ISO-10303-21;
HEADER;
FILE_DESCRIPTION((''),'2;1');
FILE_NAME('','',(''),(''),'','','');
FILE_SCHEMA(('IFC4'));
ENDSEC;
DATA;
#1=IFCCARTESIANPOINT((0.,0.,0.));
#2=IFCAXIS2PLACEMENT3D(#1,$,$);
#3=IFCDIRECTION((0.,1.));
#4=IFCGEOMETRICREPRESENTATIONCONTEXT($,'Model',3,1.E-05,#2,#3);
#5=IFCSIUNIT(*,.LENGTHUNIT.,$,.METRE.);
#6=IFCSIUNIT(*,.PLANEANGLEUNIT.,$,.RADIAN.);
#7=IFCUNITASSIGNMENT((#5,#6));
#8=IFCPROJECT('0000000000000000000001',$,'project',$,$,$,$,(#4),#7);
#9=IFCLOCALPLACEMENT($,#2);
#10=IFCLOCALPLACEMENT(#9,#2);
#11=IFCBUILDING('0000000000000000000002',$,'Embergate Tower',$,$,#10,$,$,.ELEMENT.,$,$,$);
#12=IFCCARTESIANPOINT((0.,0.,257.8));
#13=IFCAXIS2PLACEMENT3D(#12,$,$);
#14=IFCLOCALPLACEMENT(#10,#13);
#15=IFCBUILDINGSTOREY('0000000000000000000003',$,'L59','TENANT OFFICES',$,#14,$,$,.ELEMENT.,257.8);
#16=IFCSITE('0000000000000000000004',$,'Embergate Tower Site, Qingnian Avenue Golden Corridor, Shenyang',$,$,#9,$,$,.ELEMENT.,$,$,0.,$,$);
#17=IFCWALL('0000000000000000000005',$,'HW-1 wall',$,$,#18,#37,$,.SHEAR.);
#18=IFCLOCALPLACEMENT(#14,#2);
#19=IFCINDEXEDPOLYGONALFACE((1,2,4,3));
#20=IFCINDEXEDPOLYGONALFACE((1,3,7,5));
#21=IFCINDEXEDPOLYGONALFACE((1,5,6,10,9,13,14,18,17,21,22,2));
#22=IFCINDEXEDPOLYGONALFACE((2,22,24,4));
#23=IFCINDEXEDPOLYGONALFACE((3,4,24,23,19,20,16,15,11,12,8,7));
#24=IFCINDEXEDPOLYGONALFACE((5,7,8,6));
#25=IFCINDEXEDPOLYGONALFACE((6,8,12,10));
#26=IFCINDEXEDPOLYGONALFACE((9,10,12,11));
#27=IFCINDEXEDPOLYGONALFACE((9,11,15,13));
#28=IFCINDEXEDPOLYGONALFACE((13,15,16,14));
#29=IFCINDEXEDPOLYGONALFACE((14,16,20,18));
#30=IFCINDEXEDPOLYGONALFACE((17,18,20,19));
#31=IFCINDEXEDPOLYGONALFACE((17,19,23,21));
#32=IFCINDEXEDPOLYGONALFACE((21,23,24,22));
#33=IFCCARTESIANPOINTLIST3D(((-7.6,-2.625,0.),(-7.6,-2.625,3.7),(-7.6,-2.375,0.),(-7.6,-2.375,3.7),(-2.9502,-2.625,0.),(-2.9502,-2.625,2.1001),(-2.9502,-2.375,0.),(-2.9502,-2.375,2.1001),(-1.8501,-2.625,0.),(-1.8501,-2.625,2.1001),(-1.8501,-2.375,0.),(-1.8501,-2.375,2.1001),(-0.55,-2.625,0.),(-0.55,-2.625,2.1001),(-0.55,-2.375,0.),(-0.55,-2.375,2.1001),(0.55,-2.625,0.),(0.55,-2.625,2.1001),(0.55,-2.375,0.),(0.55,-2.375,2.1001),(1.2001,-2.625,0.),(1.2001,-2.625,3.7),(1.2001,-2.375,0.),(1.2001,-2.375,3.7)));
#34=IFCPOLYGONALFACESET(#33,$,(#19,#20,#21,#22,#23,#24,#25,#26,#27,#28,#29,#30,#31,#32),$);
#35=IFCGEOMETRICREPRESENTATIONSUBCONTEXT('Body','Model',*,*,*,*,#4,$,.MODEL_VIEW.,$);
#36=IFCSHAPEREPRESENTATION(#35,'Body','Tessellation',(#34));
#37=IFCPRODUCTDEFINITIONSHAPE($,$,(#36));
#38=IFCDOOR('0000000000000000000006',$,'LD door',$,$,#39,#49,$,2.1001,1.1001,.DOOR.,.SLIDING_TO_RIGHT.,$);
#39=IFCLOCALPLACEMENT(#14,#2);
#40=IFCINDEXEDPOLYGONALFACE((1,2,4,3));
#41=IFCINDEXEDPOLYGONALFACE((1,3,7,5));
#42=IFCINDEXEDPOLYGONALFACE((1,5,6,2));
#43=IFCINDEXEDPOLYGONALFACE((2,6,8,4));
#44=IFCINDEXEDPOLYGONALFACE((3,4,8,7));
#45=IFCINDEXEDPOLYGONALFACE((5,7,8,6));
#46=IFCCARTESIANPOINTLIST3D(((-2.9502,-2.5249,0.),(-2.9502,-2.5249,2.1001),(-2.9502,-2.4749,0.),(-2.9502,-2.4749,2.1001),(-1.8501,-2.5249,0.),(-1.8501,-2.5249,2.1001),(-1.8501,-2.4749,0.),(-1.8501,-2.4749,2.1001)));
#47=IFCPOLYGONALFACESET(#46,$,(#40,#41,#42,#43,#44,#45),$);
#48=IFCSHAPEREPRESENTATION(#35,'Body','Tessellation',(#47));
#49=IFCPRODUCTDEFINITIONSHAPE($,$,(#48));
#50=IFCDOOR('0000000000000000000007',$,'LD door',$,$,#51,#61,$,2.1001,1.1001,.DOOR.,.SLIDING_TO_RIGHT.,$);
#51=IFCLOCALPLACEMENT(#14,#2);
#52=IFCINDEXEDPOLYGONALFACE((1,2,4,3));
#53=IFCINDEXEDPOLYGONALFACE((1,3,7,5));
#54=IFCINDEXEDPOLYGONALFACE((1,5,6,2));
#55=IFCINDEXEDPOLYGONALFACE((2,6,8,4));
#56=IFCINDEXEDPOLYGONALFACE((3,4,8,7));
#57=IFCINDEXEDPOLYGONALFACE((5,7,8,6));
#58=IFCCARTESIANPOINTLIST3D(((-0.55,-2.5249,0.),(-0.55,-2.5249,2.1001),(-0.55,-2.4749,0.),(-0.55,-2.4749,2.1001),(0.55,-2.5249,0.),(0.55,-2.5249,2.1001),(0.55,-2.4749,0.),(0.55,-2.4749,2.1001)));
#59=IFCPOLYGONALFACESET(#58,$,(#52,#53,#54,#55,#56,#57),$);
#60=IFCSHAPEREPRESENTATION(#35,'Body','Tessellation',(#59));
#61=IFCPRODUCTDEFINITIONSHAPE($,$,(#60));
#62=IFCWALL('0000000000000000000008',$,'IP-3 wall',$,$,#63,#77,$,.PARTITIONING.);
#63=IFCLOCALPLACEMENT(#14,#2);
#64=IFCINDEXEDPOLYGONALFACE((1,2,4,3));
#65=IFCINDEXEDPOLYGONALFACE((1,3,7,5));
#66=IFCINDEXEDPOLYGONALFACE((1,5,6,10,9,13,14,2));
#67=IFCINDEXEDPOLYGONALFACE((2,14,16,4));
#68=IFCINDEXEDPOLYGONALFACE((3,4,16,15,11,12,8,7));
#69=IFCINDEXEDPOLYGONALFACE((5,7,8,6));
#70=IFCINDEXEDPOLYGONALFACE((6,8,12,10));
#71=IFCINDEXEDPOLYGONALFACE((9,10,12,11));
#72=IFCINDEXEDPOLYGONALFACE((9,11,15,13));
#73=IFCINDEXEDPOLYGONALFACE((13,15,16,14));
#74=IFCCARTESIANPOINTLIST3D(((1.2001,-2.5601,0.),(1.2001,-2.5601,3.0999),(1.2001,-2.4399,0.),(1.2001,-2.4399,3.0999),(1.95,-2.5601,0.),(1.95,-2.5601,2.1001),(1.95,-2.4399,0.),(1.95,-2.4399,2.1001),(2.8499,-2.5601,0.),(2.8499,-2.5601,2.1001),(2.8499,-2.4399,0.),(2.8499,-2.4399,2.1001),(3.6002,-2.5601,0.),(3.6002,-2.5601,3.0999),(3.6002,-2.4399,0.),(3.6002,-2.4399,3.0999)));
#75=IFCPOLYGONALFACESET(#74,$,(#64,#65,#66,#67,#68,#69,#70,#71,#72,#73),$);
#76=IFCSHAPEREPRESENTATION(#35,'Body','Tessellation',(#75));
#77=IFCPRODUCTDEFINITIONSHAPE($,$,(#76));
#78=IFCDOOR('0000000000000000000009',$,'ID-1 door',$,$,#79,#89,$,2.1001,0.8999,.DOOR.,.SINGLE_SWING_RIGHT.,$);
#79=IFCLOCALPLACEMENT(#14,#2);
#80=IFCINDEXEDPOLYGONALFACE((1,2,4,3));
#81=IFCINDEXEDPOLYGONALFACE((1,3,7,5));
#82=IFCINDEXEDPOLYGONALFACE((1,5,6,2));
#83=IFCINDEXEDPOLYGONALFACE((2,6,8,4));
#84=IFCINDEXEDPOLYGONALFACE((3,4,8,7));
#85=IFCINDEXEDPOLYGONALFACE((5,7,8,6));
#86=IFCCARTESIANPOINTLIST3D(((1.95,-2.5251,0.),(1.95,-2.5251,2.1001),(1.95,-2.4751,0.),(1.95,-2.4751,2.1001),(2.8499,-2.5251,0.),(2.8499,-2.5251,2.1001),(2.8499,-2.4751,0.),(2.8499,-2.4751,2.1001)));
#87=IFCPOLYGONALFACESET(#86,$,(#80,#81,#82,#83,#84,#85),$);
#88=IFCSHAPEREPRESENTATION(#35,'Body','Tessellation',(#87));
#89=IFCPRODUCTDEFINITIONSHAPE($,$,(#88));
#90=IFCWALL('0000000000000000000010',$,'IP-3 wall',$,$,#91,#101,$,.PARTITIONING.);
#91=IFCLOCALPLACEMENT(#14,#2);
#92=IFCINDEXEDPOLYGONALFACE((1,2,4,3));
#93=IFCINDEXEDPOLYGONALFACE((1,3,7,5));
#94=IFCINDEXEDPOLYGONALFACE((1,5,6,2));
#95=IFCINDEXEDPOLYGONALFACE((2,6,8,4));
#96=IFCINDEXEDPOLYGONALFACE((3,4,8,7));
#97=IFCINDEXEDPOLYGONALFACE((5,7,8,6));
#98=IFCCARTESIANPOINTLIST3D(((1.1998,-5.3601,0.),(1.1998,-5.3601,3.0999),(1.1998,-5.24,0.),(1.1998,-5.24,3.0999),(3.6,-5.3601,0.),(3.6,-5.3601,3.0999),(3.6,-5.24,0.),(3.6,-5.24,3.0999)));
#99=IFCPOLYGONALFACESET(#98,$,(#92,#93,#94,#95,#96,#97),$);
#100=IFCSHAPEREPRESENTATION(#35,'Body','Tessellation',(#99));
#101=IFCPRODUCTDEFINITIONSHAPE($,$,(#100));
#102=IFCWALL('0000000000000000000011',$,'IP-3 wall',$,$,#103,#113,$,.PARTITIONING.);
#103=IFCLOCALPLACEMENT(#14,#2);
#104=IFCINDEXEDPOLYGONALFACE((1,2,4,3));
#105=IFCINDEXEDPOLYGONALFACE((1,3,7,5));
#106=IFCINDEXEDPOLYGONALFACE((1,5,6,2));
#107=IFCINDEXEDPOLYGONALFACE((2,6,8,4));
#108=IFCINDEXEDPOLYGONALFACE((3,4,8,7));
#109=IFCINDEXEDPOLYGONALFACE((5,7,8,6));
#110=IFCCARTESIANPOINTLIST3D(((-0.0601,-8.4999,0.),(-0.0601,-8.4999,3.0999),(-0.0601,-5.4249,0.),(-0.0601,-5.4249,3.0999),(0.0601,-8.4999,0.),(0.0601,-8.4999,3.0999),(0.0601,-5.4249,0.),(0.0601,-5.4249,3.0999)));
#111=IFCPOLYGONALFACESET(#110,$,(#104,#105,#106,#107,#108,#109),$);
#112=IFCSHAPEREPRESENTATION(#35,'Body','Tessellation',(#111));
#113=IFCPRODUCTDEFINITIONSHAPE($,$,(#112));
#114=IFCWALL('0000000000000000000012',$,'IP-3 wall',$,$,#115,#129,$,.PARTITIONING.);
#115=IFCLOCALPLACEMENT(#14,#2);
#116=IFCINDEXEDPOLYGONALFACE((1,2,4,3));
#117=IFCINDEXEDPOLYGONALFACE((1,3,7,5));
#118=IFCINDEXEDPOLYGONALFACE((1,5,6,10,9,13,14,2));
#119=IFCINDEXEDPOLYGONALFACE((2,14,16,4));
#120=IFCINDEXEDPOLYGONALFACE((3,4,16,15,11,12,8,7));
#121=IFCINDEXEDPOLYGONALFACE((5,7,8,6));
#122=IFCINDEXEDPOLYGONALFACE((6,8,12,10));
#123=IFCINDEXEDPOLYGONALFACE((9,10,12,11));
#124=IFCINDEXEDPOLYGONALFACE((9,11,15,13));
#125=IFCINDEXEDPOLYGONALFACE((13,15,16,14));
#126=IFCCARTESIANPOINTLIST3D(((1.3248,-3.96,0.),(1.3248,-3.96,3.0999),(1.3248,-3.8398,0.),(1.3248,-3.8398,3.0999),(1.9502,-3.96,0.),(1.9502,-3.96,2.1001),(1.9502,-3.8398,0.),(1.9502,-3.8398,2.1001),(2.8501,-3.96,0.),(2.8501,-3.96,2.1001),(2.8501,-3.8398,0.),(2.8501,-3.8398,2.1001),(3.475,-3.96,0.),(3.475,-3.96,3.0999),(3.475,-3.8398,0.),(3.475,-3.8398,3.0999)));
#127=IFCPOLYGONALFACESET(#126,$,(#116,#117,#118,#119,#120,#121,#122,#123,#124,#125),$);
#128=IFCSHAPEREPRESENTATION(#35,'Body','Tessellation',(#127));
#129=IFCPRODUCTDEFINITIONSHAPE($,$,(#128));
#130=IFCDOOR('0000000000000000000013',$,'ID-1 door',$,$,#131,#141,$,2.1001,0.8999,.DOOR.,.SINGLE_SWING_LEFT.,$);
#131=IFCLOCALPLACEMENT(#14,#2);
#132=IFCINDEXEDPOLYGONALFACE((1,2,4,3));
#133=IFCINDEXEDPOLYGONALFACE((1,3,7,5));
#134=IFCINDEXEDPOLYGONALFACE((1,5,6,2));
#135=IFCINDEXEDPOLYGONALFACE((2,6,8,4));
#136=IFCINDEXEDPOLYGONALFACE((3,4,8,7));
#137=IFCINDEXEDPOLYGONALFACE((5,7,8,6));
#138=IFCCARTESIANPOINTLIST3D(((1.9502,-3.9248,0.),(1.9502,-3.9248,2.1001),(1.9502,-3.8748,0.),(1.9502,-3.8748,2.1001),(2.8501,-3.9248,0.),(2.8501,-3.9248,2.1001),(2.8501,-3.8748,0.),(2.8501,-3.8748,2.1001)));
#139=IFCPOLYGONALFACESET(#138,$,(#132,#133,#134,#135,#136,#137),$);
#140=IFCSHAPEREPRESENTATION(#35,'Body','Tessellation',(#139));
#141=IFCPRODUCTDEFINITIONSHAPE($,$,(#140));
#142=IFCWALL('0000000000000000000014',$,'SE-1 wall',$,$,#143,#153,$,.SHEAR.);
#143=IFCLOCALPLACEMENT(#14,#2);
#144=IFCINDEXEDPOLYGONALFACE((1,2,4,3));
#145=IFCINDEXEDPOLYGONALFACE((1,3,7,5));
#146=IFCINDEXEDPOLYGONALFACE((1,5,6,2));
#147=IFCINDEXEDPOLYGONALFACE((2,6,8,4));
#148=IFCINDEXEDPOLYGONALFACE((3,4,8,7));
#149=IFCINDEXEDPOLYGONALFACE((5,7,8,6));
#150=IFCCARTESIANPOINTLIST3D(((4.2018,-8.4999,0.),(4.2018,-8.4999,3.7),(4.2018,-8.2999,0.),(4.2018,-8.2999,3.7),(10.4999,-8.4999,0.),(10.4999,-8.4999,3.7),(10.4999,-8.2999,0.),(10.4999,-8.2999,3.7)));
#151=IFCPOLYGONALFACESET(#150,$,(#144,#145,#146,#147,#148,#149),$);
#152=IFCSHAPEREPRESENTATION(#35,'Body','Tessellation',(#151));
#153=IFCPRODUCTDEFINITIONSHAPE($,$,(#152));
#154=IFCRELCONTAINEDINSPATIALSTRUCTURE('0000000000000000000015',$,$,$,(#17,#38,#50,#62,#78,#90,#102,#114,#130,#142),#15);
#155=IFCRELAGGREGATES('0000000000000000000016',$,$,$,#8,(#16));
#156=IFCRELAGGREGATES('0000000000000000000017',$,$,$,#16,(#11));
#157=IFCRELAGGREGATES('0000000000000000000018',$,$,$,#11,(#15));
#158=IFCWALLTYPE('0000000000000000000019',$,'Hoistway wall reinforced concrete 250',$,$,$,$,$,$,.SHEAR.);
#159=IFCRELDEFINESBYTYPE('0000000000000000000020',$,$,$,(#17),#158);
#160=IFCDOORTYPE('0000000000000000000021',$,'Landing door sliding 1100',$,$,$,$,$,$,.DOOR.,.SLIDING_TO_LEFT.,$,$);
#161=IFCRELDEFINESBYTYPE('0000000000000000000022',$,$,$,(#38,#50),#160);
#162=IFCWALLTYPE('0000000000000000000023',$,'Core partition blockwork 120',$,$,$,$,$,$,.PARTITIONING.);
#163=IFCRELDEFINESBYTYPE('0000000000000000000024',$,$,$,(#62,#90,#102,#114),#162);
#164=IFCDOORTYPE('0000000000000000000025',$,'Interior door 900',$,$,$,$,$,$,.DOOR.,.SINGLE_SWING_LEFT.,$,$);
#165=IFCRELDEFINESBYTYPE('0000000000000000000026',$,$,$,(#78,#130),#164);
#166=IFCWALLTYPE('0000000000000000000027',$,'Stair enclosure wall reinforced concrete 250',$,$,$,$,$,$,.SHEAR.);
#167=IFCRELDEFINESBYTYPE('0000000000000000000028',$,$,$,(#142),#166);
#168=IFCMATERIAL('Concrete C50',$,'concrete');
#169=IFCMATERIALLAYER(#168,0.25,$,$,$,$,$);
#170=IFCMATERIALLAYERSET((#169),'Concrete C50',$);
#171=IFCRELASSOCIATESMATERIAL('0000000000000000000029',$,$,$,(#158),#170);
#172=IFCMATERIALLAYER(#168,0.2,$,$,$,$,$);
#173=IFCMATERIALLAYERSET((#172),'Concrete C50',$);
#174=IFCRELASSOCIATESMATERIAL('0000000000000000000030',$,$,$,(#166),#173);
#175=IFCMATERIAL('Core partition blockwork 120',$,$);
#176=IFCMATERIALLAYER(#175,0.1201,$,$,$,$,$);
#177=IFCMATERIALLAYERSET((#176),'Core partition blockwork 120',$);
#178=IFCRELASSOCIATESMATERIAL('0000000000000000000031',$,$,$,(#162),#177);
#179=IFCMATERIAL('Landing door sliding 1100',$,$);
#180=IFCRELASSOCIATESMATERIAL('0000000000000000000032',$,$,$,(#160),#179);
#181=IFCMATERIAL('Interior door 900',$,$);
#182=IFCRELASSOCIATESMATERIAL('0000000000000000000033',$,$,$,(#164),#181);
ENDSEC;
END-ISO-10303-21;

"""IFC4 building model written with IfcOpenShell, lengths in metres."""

from ifc_helpers import new_model, si_unit, direction, frame, frame_2d, origin, place, context, subcontext, project, spatial, rectangle, extrude, source, transform, mapped, material, layer, layer_set, type_object, element, fill, save


model = new_model("IFC4")

# Units and contexts
model_context = context("Model", 3, precision=1e-05, world=origin(), true_north=direction((0.0, 1.0)))
body_context = subcontext(model_context, "Body", "Model", "MODEL_VIEW")
ifc_project = project(units=[si_unit("LENGTHUNIT", "METRE"), si_unit("PLANEANGLEUNIT", "RADIAN")], contexts=[model_context])

# Site, building, storey
site_placement = place(None, origin())
site = spatial("IfcSite", under=ifc_project, at=site_placement, Name="Embergate Tower Site, Qingnian Avenue Golden Corridor, Shenyang", CompositionType="ELEMENT", RefElevation=0.0)
building_placement = place(site_placement, origin())
building = spatial("IfcBuilding", under=site, at=building_placement, Name="Embergate Tower", CompositionType="ELEMENT")
storey_placement = place(building_placement, frame((0.0, 0.0, 257.8)))
storey = spatial("IfcBuildingStorey", under=building, at=storey_placement, Name="L59", Description="TENANT OFFICES", CompositionType="ELEMENT", Elevation=257.8)

# Shared definitions
ifc_material_1 = material(Name="Concrete C50", Category="concrete")
ifc_layer_1 = layer(ifc_material_1, 0.25)
ifc_layer_set_1 = layer_set([ifc_layer_1], Name="Concrete C50")
wall_type_1 = type_object("IfcWallType", Name="Hoistway wall reinforced concrete 250", PredefinedType="SHEAR", material=ifc_layer_set_1)
ifc_layer_2 = layer(ifc_material_1, 0.2)
ifc_layer_set_2 = layer_set([ifc_layer_2], Name="Concrete C50")
wall_type_2 = type_object("IfcWallType", Name="Stair enclosure wall reinforced concrete 250", PredefinedType="SHEAR", material=ifc_layer_set_2)

# Shared definitions
ifc_material_2 = material(Name="Core partition blockwork 120")
ifc_layer_3 = layer(ifc_material_2, 0.1201)
ifc_layer_set_3 = layer_set([ifc_layer_3], Name="Core partition blockwork 120")
wall_type_3 = type_object("IfcWallType", Name="Core partition blockwork 120", PredefinedType="PARTITIONING", material=ifc_layer_set_3)

# Wall, openings, doors
shared_shape_1 = source(origin(), body_context, "Body", "SweptSolid", [
    extrude(rectangle(XDim=8.8, YDim=0.25, at=frame_2d((4.3999, 0.0))), origin(), (0.0, 0.0, 1.0), 3.7),
])
wall_1_placement = place(storey_placement, frame((1.2, -2.5, 0.0), z_axis=(0.0, 0.0, 1.0), x_axis=(-1.0, 0.0, 0.0)))
wall_1 = element("IfcWall", 1, at=wall_1_placement, inside=storey, type_object=wall_type_1, Name="HW-1 wall", PredefinedType="SHEAR", context=body_context, shape_type="MappedRepresentation", body=[
    mapped(shared_shape_1, transform((0.0, 0.0, 0.0))),
])
shared_shape_2 = source(origin(), body_context, "Body", "SweptSolid", [
    extrude(rectangle(XDim=1.1001, YDim=2.1001, at=frame_2d((0.55, 1.05))), frame((0.0, 0.135, 0.0), z_axis=(0.0, -1.0, 0.0), x_axis=(1.0, 0.0, 0.0)), (0.0, 0.0, 1.0), 0.27),
])
opening_1_placement = place(wall_1_placement, frame((3.05, 0.0, 0.0)))
opening_1 = element("IfcOpeningElement", 2, at=opening_1_placement, cuts=wall_1, PredefinedType="OPENING", context=body_context, shape_type="MappedRepresentation", body=[
    mapped(shared_shape_2, transform((0.0, 0.0, 0.0))),
])
opening_2_placement = place(wall_1_placement, frame((0.6499, 0.0, 0.0)))
opening_2 = element("IfcOpeningElement", 3, at=opening_2_placement, cuts=wall_1, PredefinedType="OPENING", context=body_context, shape_type="MappedRepresentation", body=[
    mapped(shared_shape_2, transform((0.0, 0.0, 0.0))),
])
ifc_material_3 = material(Name="Landing door sliding 1100")
door_type_1 = type_object("IfcDoorType", Name="Landing door sliding 1100", OperationType="SLIDING_TO_LEFT", PredefinedType="DOOR", material=ifc_material_3)
shared_shape_3 = source(origin(), body_context, "Body", "SweptSolid", [
    extrude(rectangle(XDim=1.1001, YDim=2.1001, at=frame_2d((0.55, 1.05))), frame((0.0, 0.0249, 0.0), z_axis=(0.0, -1.0, 0.0), x_axis=(1.0, 0.0, 0.0)), (0.0, 0.0, 1.0), 0.05),
])
door_1_placement = place(opening_1_placement, origin())
door_1 = element("IfcDoor", 4, at=door_1_placement, inside=storey, type_object=door_type_1, Name="LD door", OperationType="SLIDING_TO_RIGHT", OverallHeight=2.1001, OverallWidth=1.1001, PredefinedType="DOOR", context=body_context, shape_type="MappedRepresentation", body=[
    mapped(shared_shape_3, transform((0.0, 0.0, 0.0))),
])
fill(opening_1, door_1)
door_2_placement = place(opening_2_placement, origin())
door_2 = element("IfcDoor", 5, at=door_2_placement, inside=storey, type_object=door_type_1, Name="LD door", OperationType="SLIDING_TO_RIGHT", OverallHeight=2.1001, OverallWidth=1.1001, PredefinedType="DOOR", context=body_context, shape_type="MappedRepresentation", body=[
    mapped(shared_shape_3, transform((0.0, 0.0, 0.0))),
])
fill(opening_2, door_2)

# Wall, opening, door
shared_shape_4 = source(origin(), body_context, "Body", "SweptSolid", [
    extrude(rectangle(XDim=2.4001, YDim=0.1201, at=frame_2d((1.2002, 0.0))), origin(), (0.0, 0.0, 1.0), 3.0999),
])
wall_2_placement = place(storey_placement, frame((1.2, -2.5, 0.0), z_axis=(0.0, 0.0, 1.0), x_axis=(1.0, 0.0, 0.0)))
wall_2 = element("IfcWall", 6, at=wall_2_placement, inside=storey, type_object=wall_type_3, Name="IP-3 wall", PredefinedType="PARTITIONING", context=body_context, shape_type="MappedRepresentation", body=[
    mapped(shared_shape_4, transform((0.0, 0.0, 0.0))),
])
shared_shape_5 = source(origin(), body_context, "Body", "SweptSolid", [
    extrude(rectangle(XDim=0.8999, YDim=2.1001, at=frame_2d((0.45, 1.05))), frame((0.0, 0.0701, 0.0), z_axis=(0.0, -1.0, 0.0), x_axis=(1.0, 0.0, 0.0)), (0.0, 0.0, 1.0), 0.1401),
])
opening_3_placement = place(wall_2_placement, frame((0.75, 0.0, 0.0)))
opening_3 = element("IfcOpeningElement", 7, at=opening_3_placement, cuts=wall_2, PredefinedType="OPENING", context=body_context, shape_type="MappedRepresentation", body=[
    mapped(shared_shape_5, transform((0.0, 0.0, 0.0))),
])
ifc_material_4 = material(Name="Interior door 900")
door_type_2 = type_object("IfcDoorType", Name="Interior door 900", OperationType="SINGLE_SWING_LEFT", PredefinedType="DOOR", material=ifc_material_4)
shared_shape_6 = source(origin(), body_context, "Body", "SweptSolid", [
    extrude(rectangle(XDim=0.8999, YDim=2.1001, at=frame_2d((0.45, 1.05))), frame((0.0, 0.0249, 0.0), z_axis=(0.0, -1.0, 0.0), x_axis=(1.0, 0.0, 0.0)), (0.0, 0.0, 1.0), 0.05),
])
door_3_placement = place(opening_3_placement, origin())
door_3 = element("IfcDoor", 8, at=door_3_placement, inside=storey, type_object=door_type_2, Name="ID-1 door", OperationType="SINGLE_SWING_RIGHT", OverallHeight=2.1001, OverallWidth=0.8999, PredefinedType="DOOR", context=body_context, shape_type="MappedRepresentation", body=[
    mapped(shared_shape_6, transform((0.0, 0.0, 0.0))),
])
fill(opening_3, door_3)

# Walls
wall_3_placement = place(storey_placement, frame((3.6001, -5.3, 0.0), z_axis=(0.0, 0.0, 1.0), x_axis=(-1.0, 0.0, 0.0)))
element("IfcWall", 9, at=wall_3_placement, inside=storey, type_object=wall_type_3, Name="IP-3 wall", PredefinedType="PARTITIONING", context=body_context, shape_type="MappedRepresentation", body=[
    mapped(shared_shape_4, transform((0.0, 0.0, 0.0))),
])
shared_shape_7 = source(origin(), body_context, "Body", "SweptSolid", [
    extrude(rectangle(XDim=3.075, YDim=0.1201, at=frame_2d((1.5376, 0.0))), origin(), (0.0, 0.0, 1.0), 3.0999),
])
wall_4_placement = place(storey_placement, frame((0.0, -8.5, 0.0), z_axis=(0.0, 0.0, 1.0), x_axis=(0.0, 1.0, 0.0)))
element("IfcWall", 10, at=wall_4_placement, inside=storey, type_object=wall_type_3, Name="IP-3 wall", PredefinedType="PARTITIONING", context=body_context, shape_type="MappedRepresentation", body=[
    mapped(shared_shape_7, transform((0.0, 0.0, 0.0))),
])

# Wall, opening, door
shared_shape_8 = source(origin(), body_context, "Body", "SweptSolid", [
    extrude(rectangle(XDim=2.1501, YDim=0.1201, at=frame_2d((1.0752, 0.0))), origin(), (0.0, 0.0, 1.0), 3.0999),
])
wall_5_placement = place(storey_placement, frame((3.4751, -3.8999, 0.0), z_axis=(0.0, 0.0, 1.0), x_axis=(-1.0, 0.0, 0.0)))
wall_5 = element("IfcWall", 11, at=wall_5_placement, inside=storey, type_object=wall_type_3, Name="IP-3 wall", PredefinedType="PARTITIONING", context=body_context, shape_type="MappedRepresentation", body=[
    mapped(shared_shape_8, transform((0.0, 0.0, 0.0))),
])
opening_4_placement = place(wall_5_placement, frame((0.625, 0.0, 0.0)))
opening_4 = element("IfcOpeningElement", 12, at=opening_4_placement, cuts=wall_5, PredefinedType="OPENING", context=body_context, shape_type="MappedRepresentation", body=[
    mapped(shared_shape_5, transform((0.0, 0.0, 0.0))),
])
door_4_placement = place(opening_4_placement, origin())
door_4 = element("IfcDoor", 13, at=door_4_placement, inside=storey, type_object=door_type_2, Name="ID-1 door", OperationType="SINGLE_SWING_LEFT", OverallHeight=2.1001, OverallWidth=0.8999, PredefinedType="DOOR", context=body_context, shape_type="MappedRepresentation", body=[
    mapped(shared_shape_6, transform((0.0, 0.0, 0.0))),
])
fill(opening_4, door_4)

# Wall
shared_shape_9 = source(origin(), body_context, "Body", "SweptSolid", [
    extrude(rectangle(XDim=6.2981, YDim=0.2, at=frame_2d((3.1489, 0.0))), origin(), (0.0, 0.0, 1.0), 3.7),
])
wall_6_placement = place(storey_placement, frame((4.2019, -8.3999, 0.0), z_axis=(0.0, 0.0, 1.0), x_axis=(1.0, 0.0, 0.0)))
element("IfcWall", 14, at=wall_6_placement, inside=storey, type_object=wall_type_2, Name="SE-1 wall", PredefinedType="SHEAR", context=body_context, shape_type="MappedRepresentation", body=[
    mapped(shared_shape_9, transform((0.0, 0.0, 0.0))),
])

save(model, "model.ifc")
